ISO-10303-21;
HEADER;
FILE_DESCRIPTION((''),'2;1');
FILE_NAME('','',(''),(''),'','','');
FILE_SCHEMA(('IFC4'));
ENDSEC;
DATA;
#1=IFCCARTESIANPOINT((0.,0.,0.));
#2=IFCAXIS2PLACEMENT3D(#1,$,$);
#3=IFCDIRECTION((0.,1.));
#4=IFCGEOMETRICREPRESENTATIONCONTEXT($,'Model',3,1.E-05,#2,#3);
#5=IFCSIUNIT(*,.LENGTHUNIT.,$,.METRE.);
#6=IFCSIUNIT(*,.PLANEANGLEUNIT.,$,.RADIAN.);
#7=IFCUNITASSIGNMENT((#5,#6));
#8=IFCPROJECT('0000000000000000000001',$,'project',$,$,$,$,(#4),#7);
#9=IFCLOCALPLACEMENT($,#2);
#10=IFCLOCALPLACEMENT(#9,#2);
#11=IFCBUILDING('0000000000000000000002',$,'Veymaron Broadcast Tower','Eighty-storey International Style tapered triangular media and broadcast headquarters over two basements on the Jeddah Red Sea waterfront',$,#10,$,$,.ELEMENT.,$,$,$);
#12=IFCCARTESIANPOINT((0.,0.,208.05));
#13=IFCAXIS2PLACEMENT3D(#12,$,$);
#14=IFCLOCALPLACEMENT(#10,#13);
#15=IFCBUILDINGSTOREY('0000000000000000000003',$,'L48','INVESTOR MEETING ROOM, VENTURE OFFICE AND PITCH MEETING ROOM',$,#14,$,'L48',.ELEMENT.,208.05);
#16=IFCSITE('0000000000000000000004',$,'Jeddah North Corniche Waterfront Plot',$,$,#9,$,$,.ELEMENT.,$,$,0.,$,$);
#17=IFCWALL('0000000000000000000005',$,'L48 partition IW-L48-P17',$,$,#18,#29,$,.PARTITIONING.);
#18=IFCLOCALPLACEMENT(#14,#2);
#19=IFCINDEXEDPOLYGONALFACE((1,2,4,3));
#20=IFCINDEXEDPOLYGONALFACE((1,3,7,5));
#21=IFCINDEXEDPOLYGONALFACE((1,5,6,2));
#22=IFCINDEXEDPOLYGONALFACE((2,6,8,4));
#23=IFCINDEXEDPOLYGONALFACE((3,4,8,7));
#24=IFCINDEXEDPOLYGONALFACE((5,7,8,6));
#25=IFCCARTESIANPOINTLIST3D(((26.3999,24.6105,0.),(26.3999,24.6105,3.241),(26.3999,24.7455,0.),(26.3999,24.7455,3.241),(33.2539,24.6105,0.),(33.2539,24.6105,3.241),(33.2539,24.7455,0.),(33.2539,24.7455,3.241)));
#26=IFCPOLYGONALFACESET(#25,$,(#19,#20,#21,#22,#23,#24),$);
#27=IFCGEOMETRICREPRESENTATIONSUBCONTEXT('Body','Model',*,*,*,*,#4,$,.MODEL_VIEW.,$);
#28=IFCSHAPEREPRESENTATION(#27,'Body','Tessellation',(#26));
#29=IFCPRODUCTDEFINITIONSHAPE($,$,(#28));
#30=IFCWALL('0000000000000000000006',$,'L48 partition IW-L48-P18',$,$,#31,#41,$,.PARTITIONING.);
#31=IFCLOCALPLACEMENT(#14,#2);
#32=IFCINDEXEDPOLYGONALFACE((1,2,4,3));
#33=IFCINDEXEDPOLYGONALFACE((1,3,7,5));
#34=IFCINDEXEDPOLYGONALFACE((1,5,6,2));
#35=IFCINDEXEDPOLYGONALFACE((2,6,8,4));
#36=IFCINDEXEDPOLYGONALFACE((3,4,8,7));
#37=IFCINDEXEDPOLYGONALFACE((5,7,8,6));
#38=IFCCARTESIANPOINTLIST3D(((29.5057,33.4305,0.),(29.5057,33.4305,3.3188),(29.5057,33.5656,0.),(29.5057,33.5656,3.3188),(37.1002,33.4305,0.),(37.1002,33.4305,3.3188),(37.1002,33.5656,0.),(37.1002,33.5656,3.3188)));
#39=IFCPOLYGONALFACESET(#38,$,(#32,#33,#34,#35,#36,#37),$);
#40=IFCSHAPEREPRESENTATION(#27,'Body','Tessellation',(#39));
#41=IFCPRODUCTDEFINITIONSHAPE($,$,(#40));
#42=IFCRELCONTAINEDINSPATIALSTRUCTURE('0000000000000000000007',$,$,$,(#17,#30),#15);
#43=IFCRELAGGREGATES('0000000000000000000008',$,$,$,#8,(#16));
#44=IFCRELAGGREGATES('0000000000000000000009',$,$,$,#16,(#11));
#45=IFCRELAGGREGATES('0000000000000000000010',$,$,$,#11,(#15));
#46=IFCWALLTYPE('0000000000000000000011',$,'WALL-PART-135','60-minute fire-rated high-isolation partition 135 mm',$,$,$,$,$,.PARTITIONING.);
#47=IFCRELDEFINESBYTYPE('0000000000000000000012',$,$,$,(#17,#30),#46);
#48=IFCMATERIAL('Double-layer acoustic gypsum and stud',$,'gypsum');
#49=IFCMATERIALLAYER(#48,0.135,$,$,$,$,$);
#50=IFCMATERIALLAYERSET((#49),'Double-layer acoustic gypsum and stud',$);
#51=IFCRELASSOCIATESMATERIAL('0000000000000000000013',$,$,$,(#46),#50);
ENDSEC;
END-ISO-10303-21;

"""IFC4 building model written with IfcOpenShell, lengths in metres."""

from ifc_helpers import new_model, si_unit, direction, frame, frame_2d, origin, place, context, subcontext, project, spatial, rectangle, extrude, material, layer, layer_set, type_object, element, save


model = new_model("IFC4")

# Units and contexts
model_context = context("Model", 3, precision=1e-05, world=origin(), true_north=direction((0.0, 1.0)))
body_context = subcontext(model_context, "Body", "Model", "MODEL_VIEW")
ifc_project = project(units=[si_unit("LENGTHUNIT", "METRE"), si_unit("PLANEANGLEUNIT", "RADIAN")], contexts=[model_context])

# Site, building, storey
site_placement = place(None, origin())
site = spatial("IfcSite", under=ifc_project, at=site_placement, Name="Jeddah North Corniche Waterfront Plot", CompositionType="ELEMENT", RefElevation=0.0)
building_placement = place(site_placement, origin())
building = spatial("IfcBuilding", under=site, at=building_placement, Name="Veymaron Broadcast Tower", Description="Eighty-storey International Style tapered triangular media and broadcast headquarters over two basements on the Jeddah Red Sea waterfront", CompositionType="ELEMENT")
storey_placement = place(building_placement, frame((0.0, 0.0, 208.05)))
storey = spatial("IfcBuildingStorey", under=building, at=storey_placement, Name="L48", Description="INVESTOR MEETING ROOM, VENTURE OFFICE AND PITCH MEETING ROOM", LongName="L48", CompositionType="ELEMENT", Elevation=208.05)

# Walls
ifc_material_1 = material(Name="Double-layer acoustic gypsum and stud", Category="gypsum")
ifc_layer_1 = layer(ifc_material_1, 0.135)
ifc_layer_set_1 = layer_set([ifc_layer_1], Name="Double-layer acoustic gypsum and stud")
wall_type_1 = type_object("IfcWallType", Name="WALL-PART-135", Description="60-minute fire-rated high-isolation partition 135 mm", PredefinedType="PARTITIONING", material=ifc_layer_set_1)
wall_1_placement = place(storey_placement, frame((26.3999, 24.678, 0.0), z_axis=(0.0, 0.0, 1.0), x_axis=(1.0, 0.0, 0.0)))
element("IfcWall", 1, at=wall_1_placement, inside=storey, type_object=wall_type_1, Name="L48 partition IW-L48-P17", PredefinedType="PARTITIONING", context=body_context, shape_type="SweptSolid", body=[
    extrude(rectangle(XDim=6.854, YDim=0.135, at=frame_2d((3.427, 0.0))), origin(), (0.0, 0.0, 1.0), 3.241),
])
wall_2_placement = place(storey_placement, frame((29.5056, 33.498, 0.0), z_axis=(0.0, 0.0, 1.0), x_axis=(1.0, 0.0, 0.0)))
element("IfcWall", 2, at=wall_2_placement, inside=storey, type_object=wall_type_1, Name="L48 partition IW-L48-P18", PredefinedType="PARTITIONING", context=body_context, shape_type="SweptSolid", body=[
    extrude(rectangle(XDim=7.5945, YDim=0.135, at=frame_2d((3.7974, 0.0))), origin(), (0.0, 0.0, 1.0), 3.3188),
])

save(model, "model.ifc")
